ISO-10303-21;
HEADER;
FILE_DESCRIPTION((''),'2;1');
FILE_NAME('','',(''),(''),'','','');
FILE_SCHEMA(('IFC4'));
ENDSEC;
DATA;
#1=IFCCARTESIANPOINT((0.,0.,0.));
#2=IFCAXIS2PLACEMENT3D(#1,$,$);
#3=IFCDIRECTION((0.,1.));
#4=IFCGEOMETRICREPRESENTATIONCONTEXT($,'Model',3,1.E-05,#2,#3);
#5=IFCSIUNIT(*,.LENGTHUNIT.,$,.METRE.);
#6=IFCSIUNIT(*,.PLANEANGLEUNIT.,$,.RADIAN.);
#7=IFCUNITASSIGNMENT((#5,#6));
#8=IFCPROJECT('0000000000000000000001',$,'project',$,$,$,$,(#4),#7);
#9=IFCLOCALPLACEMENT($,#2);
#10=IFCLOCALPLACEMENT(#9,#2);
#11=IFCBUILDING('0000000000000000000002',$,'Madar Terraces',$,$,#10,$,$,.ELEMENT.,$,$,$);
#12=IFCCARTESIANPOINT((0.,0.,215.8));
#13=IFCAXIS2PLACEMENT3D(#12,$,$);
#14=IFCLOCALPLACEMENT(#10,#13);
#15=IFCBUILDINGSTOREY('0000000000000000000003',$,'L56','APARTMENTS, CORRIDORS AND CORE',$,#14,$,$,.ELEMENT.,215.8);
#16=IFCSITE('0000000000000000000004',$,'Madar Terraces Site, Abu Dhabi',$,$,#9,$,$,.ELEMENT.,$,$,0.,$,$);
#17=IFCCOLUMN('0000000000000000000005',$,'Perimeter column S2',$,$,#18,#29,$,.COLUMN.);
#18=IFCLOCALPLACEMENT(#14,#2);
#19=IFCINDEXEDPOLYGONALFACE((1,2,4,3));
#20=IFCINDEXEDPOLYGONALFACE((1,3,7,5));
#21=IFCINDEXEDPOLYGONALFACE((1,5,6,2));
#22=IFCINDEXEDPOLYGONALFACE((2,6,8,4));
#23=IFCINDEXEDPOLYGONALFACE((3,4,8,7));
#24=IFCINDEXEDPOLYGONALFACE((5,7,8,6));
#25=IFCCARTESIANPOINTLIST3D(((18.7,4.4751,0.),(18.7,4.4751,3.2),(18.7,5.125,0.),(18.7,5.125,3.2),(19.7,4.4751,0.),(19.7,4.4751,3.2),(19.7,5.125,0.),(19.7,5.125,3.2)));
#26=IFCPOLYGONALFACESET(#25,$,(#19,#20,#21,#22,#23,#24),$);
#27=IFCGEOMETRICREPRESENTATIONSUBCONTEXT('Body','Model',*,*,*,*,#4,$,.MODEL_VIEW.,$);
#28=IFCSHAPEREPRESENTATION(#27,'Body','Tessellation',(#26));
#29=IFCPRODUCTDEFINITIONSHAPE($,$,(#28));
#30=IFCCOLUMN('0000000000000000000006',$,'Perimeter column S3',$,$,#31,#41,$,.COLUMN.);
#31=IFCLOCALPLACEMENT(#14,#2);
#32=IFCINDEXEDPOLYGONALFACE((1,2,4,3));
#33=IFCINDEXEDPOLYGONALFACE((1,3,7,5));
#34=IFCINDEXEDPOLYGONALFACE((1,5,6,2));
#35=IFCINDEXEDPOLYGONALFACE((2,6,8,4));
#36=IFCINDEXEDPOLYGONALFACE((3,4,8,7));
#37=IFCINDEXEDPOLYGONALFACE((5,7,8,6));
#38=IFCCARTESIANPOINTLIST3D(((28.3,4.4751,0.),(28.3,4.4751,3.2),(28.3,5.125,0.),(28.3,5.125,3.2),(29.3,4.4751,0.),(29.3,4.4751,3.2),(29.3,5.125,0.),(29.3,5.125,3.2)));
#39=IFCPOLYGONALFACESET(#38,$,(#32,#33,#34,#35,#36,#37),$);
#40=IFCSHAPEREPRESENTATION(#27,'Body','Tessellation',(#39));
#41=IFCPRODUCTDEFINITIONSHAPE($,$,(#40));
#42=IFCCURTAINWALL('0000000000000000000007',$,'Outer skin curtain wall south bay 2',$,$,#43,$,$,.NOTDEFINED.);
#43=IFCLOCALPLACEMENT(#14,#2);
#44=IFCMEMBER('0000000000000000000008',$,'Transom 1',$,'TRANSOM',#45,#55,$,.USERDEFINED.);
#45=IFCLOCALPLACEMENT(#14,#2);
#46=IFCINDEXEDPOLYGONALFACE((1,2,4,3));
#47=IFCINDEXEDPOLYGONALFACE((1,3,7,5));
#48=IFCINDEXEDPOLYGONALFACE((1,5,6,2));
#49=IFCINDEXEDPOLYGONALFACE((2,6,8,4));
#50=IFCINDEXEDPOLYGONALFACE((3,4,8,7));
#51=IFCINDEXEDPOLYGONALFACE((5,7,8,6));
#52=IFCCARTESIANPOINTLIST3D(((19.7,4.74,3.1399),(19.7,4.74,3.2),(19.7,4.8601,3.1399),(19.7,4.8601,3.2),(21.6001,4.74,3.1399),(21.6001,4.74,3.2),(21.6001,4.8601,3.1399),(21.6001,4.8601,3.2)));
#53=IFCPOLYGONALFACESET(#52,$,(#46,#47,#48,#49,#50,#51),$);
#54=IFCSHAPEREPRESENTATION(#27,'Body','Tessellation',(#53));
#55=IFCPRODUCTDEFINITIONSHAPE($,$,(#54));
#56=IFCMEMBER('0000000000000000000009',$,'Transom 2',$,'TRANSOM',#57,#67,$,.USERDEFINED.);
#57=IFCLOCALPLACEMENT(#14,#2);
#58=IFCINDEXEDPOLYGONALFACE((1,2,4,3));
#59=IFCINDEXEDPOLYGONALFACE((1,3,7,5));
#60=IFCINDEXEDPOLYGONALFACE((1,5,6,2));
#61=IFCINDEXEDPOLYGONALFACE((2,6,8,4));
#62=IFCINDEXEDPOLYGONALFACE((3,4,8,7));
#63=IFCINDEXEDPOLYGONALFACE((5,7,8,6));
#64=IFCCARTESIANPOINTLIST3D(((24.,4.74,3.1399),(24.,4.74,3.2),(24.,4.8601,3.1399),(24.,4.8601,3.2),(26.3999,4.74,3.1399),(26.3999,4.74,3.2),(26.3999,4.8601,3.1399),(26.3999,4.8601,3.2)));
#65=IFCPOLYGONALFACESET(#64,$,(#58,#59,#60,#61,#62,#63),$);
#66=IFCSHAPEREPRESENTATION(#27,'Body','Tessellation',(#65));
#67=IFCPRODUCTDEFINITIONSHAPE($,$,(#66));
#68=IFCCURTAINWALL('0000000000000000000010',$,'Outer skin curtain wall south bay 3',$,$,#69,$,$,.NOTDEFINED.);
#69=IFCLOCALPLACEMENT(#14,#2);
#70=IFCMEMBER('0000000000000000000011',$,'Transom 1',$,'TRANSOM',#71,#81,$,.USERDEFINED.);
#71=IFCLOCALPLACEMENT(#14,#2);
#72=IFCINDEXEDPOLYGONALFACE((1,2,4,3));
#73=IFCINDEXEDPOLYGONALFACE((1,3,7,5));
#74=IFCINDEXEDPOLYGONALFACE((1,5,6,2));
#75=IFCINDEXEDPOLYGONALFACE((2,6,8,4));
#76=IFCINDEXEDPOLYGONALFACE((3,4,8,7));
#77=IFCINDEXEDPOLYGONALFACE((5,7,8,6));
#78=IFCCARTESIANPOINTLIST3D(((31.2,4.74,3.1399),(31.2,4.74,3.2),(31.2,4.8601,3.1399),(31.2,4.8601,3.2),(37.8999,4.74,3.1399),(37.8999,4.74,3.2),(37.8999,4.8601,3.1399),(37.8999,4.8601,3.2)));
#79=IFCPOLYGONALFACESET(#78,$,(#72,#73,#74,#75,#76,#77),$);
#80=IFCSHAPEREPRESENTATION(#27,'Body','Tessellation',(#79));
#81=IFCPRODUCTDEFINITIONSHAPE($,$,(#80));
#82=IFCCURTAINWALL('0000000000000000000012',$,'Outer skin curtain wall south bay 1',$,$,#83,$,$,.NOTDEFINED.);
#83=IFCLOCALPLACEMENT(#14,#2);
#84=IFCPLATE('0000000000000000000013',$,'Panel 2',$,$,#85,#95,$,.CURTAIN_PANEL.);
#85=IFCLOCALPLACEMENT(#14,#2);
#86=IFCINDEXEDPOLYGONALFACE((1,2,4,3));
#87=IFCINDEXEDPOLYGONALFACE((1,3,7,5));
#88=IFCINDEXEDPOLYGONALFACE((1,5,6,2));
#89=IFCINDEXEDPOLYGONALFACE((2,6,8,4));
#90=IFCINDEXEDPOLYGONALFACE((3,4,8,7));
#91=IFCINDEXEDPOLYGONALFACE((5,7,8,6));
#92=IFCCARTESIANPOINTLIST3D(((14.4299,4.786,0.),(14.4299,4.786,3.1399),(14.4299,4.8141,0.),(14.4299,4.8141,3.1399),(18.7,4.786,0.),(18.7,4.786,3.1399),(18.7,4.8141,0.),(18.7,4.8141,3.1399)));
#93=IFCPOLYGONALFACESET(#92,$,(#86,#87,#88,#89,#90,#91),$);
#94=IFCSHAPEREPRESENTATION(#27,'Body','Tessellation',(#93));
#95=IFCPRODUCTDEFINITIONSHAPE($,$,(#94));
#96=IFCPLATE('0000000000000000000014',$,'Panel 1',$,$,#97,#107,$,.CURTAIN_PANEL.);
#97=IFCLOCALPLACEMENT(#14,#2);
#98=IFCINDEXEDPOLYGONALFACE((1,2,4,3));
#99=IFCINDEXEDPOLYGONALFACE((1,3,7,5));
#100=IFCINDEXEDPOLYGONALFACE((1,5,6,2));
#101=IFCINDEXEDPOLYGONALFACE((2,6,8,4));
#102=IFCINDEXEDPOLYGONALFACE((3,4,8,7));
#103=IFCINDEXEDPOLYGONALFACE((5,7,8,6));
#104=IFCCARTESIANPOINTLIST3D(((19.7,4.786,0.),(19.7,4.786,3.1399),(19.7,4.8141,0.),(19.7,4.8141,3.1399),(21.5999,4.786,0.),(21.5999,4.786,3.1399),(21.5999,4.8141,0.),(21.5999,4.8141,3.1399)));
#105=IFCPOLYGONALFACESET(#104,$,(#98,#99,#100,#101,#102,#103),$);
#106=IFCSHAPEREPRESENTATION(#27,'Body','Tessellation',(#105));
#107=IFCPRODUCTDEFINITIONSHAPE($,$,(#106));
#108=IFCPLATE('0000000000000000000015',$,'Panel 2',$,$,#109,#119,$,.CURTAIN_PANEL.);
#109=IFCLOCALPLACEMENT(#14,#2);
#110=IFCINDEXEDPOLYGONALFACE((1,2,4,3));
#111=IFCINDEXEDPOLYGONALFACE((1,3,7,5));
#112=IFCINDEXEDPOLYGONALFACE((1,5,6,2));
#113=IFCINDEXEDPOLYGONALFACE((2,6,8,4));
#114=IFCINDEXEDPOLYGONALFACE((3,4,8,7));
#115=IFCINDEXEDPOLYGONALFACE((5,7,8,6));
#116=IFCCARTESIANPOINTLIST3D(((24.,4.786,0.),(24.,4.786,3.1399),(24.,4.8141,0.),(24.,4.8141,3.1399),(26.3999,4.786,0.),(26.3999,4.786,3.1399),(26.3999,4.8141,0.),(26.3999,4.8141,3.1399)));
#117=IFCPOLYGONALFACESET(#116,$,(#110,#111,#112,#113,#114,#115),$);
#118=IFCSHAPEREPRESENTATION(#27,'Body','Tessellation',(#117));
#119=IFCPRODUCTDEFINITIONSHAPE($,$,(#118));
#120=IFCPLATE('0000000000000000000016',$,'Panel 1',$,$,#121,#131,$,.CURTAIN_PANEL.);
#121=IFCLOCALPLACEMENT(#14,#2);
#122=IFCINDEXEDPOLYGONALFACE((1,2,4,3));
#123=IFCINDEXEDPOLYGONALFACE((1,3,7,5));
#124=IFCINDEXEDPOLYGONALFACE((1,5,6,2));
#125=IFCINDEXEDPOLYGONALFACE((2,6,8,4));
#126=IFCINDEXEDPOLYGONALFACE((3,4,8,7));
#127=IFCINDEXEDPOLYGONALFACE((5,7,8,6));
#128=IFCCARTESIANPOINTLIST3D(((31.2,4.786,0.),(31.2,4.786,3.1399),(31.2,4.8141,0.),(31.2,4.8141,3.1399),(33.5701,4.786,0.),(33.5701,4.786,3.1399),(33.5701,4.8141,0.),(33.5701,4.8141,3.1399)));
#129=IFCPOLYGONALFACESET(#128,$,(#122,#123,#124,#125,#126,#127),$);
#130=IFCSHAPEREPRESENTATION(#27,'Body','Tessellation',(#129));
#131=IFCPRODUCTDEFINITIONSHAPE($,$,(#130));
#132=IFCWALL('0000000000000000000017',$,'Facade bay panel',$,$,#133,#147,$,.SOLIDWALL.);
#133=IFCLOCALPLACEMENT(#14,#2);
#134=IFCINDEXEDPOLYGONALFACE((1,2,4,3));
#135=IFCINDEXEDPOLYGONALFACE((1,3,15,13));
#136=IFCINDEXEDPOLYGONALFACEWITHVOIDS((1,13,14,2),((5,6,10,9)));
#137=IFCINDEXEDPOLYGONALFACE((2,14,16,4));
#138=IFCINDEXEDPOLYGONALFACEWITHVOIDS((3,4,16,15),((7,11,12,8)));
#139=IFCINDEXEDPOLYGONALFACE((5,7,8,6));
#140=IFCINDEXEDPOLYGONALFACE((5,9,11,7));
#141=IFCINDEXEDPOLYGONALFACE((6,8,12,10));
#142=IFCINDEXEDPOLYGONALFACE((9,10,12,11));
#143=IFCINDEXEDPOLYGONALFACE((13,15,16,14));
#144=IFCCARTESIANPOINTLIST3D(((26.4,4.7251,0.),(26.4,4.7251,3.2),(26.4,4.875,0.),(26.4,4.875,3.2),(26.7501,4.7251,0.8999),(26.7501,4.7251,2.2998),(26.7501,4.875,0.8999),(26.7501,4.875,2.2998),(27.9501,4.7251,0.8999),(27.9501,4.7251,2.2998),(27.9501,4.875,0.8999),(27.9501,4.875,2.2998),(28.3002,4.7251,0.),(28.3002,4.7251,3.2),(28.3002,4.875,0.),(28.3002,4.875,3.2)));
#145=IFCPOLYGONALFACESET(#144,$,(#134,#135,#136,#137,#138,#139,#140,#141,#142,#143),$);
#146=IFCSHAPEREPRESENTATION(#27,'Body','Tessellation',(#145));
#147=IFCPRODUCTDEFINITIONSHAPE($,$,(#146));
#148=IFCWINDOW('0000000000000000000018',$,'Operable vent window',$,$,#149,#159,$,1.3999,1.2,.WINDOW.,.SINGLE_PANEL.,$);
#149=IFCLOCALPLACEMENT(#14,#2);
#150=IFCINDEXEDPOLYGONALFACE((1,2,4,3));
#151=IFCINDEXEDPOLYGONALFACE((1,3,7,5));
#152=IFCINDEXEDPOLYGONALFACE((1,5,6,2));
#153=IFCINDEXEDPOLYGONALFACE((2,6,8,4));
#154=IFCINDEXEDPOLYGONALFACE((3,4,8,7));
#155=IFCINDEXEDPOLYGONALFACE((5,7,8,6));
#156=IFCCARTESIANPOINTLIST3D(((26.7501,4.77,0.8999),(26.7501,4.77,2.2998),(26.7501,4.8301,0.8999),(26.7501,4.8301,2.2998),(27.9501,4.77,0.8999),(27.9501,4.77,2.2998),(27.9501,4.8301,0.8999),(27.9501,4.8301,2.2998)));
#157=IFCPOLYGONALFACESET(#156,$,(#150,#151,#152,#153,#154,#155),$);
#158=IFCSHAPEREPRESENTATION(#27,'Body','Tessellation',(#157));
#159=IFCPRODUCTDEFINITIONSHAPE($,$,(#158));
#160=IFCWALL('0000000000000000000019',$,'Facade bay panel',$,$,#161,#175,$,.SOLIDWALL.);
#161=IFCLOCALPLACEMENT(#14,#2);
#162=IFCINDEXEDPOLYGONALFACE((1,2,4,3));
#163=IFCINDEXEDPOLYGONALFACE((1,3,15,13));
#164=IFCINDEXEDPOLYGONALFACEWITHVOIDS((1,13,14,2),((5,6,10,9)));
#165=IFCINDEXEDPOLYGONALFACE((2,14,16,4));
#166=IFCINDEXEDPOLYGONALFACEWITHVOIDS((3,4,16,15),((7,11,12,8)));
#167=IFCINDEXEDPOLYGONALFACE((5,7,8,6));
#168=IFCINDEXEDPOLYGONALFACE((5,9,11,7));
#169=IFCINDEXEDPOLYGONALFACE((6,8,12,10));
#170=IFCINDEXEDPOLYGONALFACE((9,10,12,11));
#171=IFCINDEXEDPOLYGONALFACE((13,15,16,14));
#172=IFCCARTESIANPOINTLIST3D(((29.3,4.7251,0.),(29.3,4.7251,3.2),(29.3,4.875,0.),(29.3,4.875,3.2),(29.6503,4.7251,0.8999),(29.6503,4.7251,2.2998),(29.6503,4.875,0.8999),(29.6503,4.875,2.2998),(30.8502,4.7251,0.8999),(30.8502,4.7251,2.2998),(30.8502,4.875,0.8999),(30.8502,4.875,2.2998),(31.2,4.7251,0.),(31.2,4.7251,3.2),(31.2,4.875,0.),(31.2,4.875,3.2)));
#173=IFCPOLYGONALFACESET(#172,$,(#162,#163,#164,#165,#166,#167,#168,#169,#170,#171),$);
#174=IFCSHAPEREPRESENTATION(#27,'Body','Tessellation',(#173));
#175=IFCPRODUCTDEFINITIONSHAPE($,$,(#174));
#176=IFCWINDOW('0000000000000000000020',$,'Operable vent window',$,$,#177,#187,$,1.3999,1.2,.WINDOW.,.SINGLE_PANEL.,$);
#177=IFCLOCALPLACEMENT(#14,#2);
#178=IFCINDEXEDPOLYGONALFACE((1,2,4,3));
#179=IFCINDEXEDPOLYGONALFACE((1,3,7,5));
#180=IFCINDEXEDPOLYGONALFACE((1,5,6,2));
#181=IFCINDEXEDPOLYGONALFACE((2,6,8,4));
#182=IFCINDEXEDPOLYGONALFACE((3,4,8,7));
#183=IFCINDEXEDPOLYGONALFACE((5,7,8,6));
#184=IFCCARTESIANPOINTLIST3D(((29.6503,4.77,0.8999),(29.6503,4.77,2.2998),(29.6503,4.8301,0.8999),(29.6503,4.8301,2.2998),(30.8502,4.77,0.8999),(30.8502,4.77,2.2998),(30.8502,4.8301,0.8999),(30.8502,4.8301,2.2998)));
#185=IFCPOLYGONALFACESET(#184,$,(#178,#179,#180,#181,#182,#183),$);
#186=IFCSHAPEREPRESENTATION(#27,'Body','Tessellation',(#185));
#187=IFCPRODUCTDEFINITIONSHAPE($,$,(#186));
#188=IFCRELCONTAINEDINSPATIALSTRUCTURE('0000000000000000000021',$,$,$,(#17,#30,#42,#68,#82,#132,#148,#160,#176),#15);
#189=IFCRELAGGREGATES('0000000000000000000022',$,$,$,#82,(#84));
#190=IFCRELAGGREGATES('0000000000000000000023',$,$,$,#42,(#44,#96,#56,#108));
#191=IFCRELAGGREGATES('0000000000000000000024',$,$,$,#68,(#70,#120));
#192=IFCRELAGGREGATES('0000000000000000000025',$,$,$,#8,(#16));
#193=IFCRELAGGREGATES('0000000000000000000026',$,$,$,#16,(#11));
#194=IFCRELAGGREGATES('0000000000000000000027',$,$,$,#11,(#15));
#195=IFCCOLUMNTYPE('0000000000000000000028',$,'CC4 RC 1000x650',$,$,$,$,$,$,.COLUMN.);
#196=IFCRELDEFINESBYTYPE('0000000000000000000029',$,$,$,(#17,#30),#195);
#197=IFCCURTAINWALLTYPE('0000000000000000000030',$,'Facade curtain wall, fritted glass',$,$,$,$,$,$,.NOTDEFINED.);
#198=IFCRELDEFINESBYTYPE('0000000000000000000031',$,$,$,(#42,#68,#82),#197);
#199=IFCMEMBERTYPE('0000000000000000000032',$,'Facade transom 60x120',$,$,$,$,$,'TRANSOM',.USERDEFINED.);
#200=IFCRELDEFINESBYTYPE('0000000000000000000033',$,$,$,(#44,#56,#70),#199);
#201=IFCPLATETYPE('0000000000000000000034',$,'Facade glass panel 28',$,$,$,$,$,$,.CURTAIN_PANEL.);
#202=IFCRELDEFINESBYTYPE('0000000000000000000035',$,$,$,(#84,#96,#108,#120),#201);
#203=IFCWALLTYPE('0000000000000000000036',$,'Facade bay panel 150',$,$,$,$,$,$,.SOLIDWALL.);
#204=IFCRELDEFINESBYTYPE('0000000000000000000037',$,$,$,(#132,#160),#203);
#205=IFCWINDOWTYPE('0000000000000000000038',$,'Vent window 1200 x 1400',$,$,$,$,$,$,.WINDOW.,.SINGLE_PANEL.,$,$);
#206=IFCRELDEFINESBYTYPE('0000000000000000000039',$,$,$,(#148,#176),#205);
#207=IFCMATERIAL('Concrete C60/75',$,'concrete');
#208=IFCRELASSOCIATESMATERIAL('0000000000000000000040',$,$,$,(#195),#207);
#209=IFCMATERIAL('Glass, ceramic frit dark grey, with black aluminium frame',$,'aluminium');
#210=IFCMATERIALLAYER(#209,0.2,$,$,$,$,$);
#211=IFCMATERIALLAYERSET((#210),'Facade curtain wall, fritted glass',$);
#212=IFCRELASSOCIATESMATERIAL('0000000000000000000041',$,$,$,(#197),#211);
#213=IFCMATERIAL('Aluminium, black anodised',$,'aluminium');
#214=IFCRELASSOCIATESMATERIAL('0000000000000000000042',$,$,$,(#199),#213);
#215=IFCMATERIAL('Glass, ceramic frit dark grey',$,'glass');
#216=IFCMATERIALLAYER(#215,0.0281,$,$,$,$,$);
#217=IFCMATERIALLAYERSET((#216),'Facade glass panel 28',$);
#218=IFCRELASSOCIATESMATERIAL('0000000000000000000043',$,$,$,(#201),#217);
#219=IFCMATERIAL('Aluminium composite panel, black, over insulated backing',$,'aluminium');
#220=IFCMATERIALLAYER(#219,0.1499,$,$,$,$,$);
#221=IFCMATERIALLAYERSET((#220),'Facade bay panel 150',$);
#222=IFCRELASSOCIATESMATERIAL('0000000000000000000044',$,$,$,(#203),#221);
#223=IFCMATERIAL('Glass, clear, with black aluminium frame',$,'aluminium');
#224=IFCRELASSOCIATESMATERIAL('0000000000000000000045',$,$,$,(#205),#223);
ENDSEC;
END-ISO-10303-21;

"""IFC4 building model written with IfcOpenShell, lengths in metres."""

from ifc_helpers import new_model, si_unit, direction, frame, frame_2d, origin, origin_2d, place, context, subcontext, project, spatial, rectangle, extrude, material, layer, layer_set, material_profile, profile_set, type_object, element, fill, aggregate, save


model = new_model("IFC4")

# Units and contexts
model_context = context("Model", 3, precision=1e-05, world=origin(), true_north=direction((0.0, 1.0)))
body_context = subcontext(model_context, "Body", "Model", "MODEL_VIEW")
ifc_project = project(units=[si_unit("LENGTHUNIT", "METRE"), si_unit("PLANEANGLEUNIT", "RADIAN")], contexts=[model_context])

# Site, building, storey
site_placement = place(None, origin())
site = spatial("IfcSite", under=ifc_project, at=site_placement, Name="Madar Terraces Site, Abu Dhabi", CompositionType="ELEMENT", RefElevation=0.0)
building_placement = place(site_placement, origin())
building = spatial("IfcBuilding", under=site, at=building_placement, Name="Madar Terraces", CompositionType="ELEMENT")
storey_placement = place(building_placement, frame((0.0, 0.0, 215.8)))
storey = spatial("IfcBuildingStorey", under=building, at=storey_placement, Name="L56", Description="APARTMENTS, CORRIDORS AND CORE", CompositionType="ELEMENT", Elevation=215.8)

# Columns
ifc_material_1 = material(Name="Concrete C60/75", Category="concrete")
ifc_material_profile_1 = material_profile(ifc_material_1, rectangle(XDim=1.0, YDim=0.6499, at=origin_2d()), Name="CC4 RC 1000x650")
ifc_profile_set_1 = profile_set([ifc_material_profile_1], Name="Concrete C60/75")
column_type = type_object("IfcColumnType", Name="CC4 RC 1000x650", PredefinedType="COLUMN", material=ifc_profile_set_1)
for number, where, z_axis, x_axis, name in (
    (1, (19.2, 4.8, 0.0), (0.0, 0.0, 1.0), (1.0, 0.0, 0.0), "Perimeter column S2"),
    (2, (28.8, 4.8, 0.0), (0.0, 0.0, 1.0), (1.0, 0.0, 0.0), "Perimeter column S3"),
):
    element("IfcColumn", number, at=place(storey_placement, frame(where, z_axis=z_axis, x_axis=x_axis)), inside=storey, type_object=column_type, Name=name, PredefinedType="COLUMN", context=body_context, shape_type="SweptSolid", body=[
        extrude(rectangle(XDim=1.0, YDim=0.6499, at=origin_2d()), origin(), (0.0, 0.0, 1.0), 3.2),
    ])

# Curtain wall, members
ifc_material_2 = material(Name="Glass, ceramic frit dark grey, with black aluminium frame", Category="aluminium")
ifc_layer_1 = layer(ifc_material_2, 0.2)
ifc_layer_set_1 = layer_set([ifc_layer_1], Name="Facade curtain wall, fritted glass")
curtain_wall_type = type_object("IfcCurtainWallType", Name="Facade curtain wall, fritted glass", PredefinedType="NOTDEFINED", material=ifc_layer_set_1)
curtain_wall_1_placement = place(storey_placement, origin())
curtain_wall_1 = element("IfcCurtainWall", 3, at=curtain_wall_1_placement, inside=storey, type_object=curtain_wall_type, Name="Outer skin curtain wall south bay 2", PredefinedType="NOTDEFINED")
ifc_material_3 = material(Name="Aluminium, black anodised", Category="aluminium")
ifc_material_profile_2 = material_profile(ifc_material_3, rectangle(XDim=0.1201, YDim=0.0601, at=origin_2d()), Name="Facade transom 60x120")
ifc_profile_set_2 = profile_set([ifc_material_profile_2], Name="Aluminium, black anodised")
member_type = type_object("IfcMemberType", Name="Facade transom 60x120", ElementType="TRANSOM", PredefinedType="USERDEFINED", material=ifc_profile_set_2)
member_1_placement = place(storey_placement, frame((19.7, 4.8, 3.1699), z_axis=(1.0, 0.0, 0.0), x_axis=(0.0, 1.0, 0.0)))
member_1 = element("IfcMember", 4, at=member_1_placement, type_object=member_type, Name="Transom 1", ObjectType="TRANSOM", PredefinedType="USERDEFINED", context=body_context, shape_type="SweptSolid", body=[
    extrude(rectangle(XDim=0.1201, YDim=0.0601, at=origin_2d()), origin(), (0.0, 0.0, 1.0), 1.9001),
])
member_2_placement = place(storey_placement, frame((24.0, 4.8, 3.1699), z_axis=(1.0, 0.0, 0.0), x_axis=(0.0, 1.0, 0.0)))
member_2 = element("IfcMember", 5, at=member_2_placement, type_object=member_type, Name="Transom 2", ObjectType="TRANSOM", PredefinedType="USERDEFINED", context=body_context, shape_type="SweptSolid", body=[
    extrude(rectangle(XDim=0.1201, YDim=0.0601, at=origin_2d()), origin(), (0.0, 0.0, 1.0), 2.3999),
])

# Curtain wall, member
curtain_wall_2_placement = place(storey_placement, origin())
curtain_wall_2 = element("IfcCurtainWall", 6, at=curtain_wall_2_placement, inside=storey, type_object=curtain_wall_type, Name="Outer skin curtain wall south bay 3", PredefinedType="NOTDEFINED")
member_3_placement = place(storey_placement, frame((31.2, 4.8, 3.1699), z_axis=(1.0, 0.0, 0.0), x_axis=(0.0, 1.0, 0.0)))
member_3 = element("IfcMember", 7, at=member_3_placement, type_object=member_type, Name="Transom 1", ObjectType="TRANSOM", PredefinedType="USERDEFINED", context=body_context, shape_type="SweptSolid", body=[
    extrude(rectangle(XDim=0.1201, YDim=0.0601, at=origin_2d()), origin(), (0.0, 0.0, 1.0), 6.7),
])

# Curtain wall, plate
curtain_wall_3_placement = place(storey_placement, origin())
curtain_wall_3 = element("IfcCurtainWall", 8, at=curtain_wall_3_placement, inside=storey, type_object=curtain_wall_type, Name="Outer skin curtain wall south bay 1", PredefinedType="NOTDEFINED")
ifc_material_4 = material(Name="Glass, ceramic frit dark grey", Category="glass")
ifc_layer_2 = layer(ifc_material_4, 0.0281)
ifc_layer_set_2 = layer_set([ifc_layer_2], Name="Facade glass panel 28")
plate_type = type_object("IfcPlateType", Name="Facade glass panel 28", PredefinedType="CURTAIN_PANEL", material=ifc_layer_set_2)
plate_1_placement = place(storey_placement, frame((16.5649, 4.8, 0.0), z_axis=(0.0, 0.0, 1.0), x_axis=(1.0, 0.0, 0.0)))
plate_1 = element("IfcPlate", 9, at=plate_1_placement, type_object=plate_type, Name="Panel 2", PredefinedType="CURTAIN_PANEL", context=body_context, shape_type="SweptSolid", body=[
    extrude(rectangle(XDim=4.27, YDim=0.0281, at=origin_2d()), origin(), (0.0, 0.0, 1.0), 3.1399),
])
aggregate(curtain_wall_3, [plate_1])

# Plates
plate_2_placement = place(storey_placement, frame((20.6499, 4.8, 0.0), z_axis=(0.0, 0.0, 1.0), x_axis=(1.0, 0.0, 0.0)))
plate_2 = element("IfcPlate", 10, at=plate_2_placement, type_object=plate_type, Name="Panel 1", PredefinedType="CURTAIN_PANEL", context=body_context, shape_type="SweptSolid", body=[
    extrude(rectangle(XDim=1.8999, YDim=0.0281, at=origin_2d()), origin(), (0.0, 0.0, 1.0), 3.1399),
])
plate_3_placement = place(storey_placement, frame((25.2, 4.8, 0.0), z_axis=(0.0, 0.0, 1.0), x_axis=(1.0, 0.0, 0.0)))
plate_3 = element("IfcPlate", 11, at=plate_3_placement, type_object=plate_type, Name="Panel 2", PredefinedType="CURTAIN_PANEL", context=body_context, shape_type="SweptSolid", body=[
    extrude(rectangle(XDim=2.3999, YDim=0.0281, at=origin_2d()), origin(), (0.0, 0.0, 1.0), 3.1399),
])
aggregate(curtain_wall_1, [member_1, plate_2, member_2, plate_3])
plate_4_placement = place(storey_placement, frame((32.385, 4.8, 0.0), z_axis=(0.0, 0.0, 1.0), x_axis=(1.0, 0.0, 0.0)))
plate_4 = element("IfcPlate", 12, at=plate_4_placement, type_object=plate_type, Name="Panel 1", PredefinedType="CURTAIN_PANEL", context=body_context, shape_type="SweptSolid", body=[
    extrude(rectangle(XDim=2.3701, YDim=0.0281, at=origin_2d()), origin(), (0.0, 0.0, 1.0), 3.1399),
])
aggregate(curtain_wall_2, [member_3, plate_4])

# Shared definitions
ifc_material_5 = material(Name="Aluminium composite panel, black, over insulated backing", Category="aluminium")
ifc_layer_3 = layer(ifc_material_5, 0.1499)
ifc_layer_set_3 = layer_set([ifc_layer_3], Name="Facade bay panel 150")
wall_type_1 = type_object("IfcWallType", Name="Facade bay panel 150", PredefinedType="SOLIDWALL", material=ifc_layer_set_3)

# Walls, openings, windows
wall_1_placement = place(storey_placement, frame((26.3999, 4.8, 0.0), z_axis=(0.0, 0.0, 1.0), x_axis=(1.0, 0.0, 0.0)))
wall_1 = element("IfcWall", 13, at=wall_1_placement, inside=storey, type_object=wall_type_1, Name="Facade bay panel", PredefinedType="SOLIDWALL", context=body_context, shape_type="SweptSolid", body=[
    extrude(rectangle(XDim=1.9001, YDim=0.1499, at=frame_2d((0.9502, 0.0))), origin(), (0.0, 0.0, 1.0), 3.2),
])
opening_1_placement = place(wall_1_placement, frame((0.3501, 0.0, 0.8999)))
opening_1 = element("IfcOpeningElement", 14, at=opening_1_placement, cuts=wall_1, PredefinedType="OPENING", context=body_context, shape_type="SweptSolid", body=[
    extrude(rectangle(XDim=1.2, YDim=1.3999, at=frame_2d((0.6001, 0.7))), frame((0.0, 0.085, 0.0), z_axis=(0.0, -1.0, 0.0), x_axis=(1.0, 0.0, 0.0)), (0.0, 0.0, 1.0), 0.1699),
])
ifc_material_6 = material(Name="Glass, clear, with black aluminium frame", Category="aluminium")
window_type = type_object("IfcWindowType", Name="Vent window 1200 x 1400", PartitioningType="SINGLE_PANEL", PredefinedType="WINDOW", material=ifc_material_6)
window_1_placement = place(opening_1_placement, origin())
window_1 = element("IfcWindow", 15, at=window_1_placement, inside=storey, type_object=window_type, Name="Operable vent window", OverallHeight=1.3999, OverallWidth=1.2, PartitioningType="SINGLE_PANEL", PredefinedType="WINDOW", context=body_context, shape_type="SweptSolid", body=[
    extrude(rectangle(XDim=1.2, YDim=1.3999, at=frame_2d((0.6001, 0.7))), frame((0.0, 0.03, 0.0), z_axis=(0.0, -1.0, 0.0), x_axis=(1.0, 0.0, 0.0)), (0.0, 0.0, 1.0), 0.0601),
])
fill(opening_1, window_1)
wall_2_placement = place(storey_placement, frame((29.3, 4.8, 0.0), z_axis=(0.0, 0.0, 1.0), x_axis=(1.0, 0.0, 0.0)))
wall_2 = element("IfcWall", 16, at=wall_2_placement, inside=storey, type_object=wall_type_1, Name="Facade bay panel", PredefinedType="SOLIDWALL", context=body_context, shape_type="SweptSolid", body=[
    extrude(rectangle(XDim=1.8999, YDim=0.1499, at=frame_2d((0.95, 0.0))), origin(), (0.0, 0.0, 1.0), 3.2),
])
opening_2_placement = place(wall_2_placement, frame((0.3501, 0.0, 0.8999)))
opening_2 = element("IfcOpeningElement", 17, at=opening_2_placement, cuts=wall_2, PredefinedType="OPENING", context=body_context, shape_type="SweptSolid", body=[
    extrude(rectangle(XDim=1.2, YDim=1.3999, at=frame_2d((0.6001, 0.7))), frame((0.0, 0.085, 0.0), z_axis=(0.0, -1.0, 0.0), x_axis=(1.0, 0.0, 0.0)), (0.0, 0.0, 1.0), 0.1699),
])
window_2_placement = place(opening_2_placement, origin())
window_2 = element("IfcWindow", 18, at=window_2_placement, inside=storey, type_object=window_type, Name="Operable vent window", OverallHeight=1.3999, OverallWidth=1.2, PartitioningType="SINGLE_PANEL", PredefinedType="WINDOW", context=body_context, shape_type="SweptSolid", body=[
    extrude(rectangle(XDim=1.2, YDim=1.3999, at=frame_2d((0.6001, 0.7))), frame((0.0, 0.03, 0.0), z_axis=(0.0, -1.0, 0.0), x_axis=(1.0, 0.0, 0.0)), (0.0, 0.0, 1.0), 0.0601),
])
fill(opening_2, window_2)

save(model, "model.ifc")
